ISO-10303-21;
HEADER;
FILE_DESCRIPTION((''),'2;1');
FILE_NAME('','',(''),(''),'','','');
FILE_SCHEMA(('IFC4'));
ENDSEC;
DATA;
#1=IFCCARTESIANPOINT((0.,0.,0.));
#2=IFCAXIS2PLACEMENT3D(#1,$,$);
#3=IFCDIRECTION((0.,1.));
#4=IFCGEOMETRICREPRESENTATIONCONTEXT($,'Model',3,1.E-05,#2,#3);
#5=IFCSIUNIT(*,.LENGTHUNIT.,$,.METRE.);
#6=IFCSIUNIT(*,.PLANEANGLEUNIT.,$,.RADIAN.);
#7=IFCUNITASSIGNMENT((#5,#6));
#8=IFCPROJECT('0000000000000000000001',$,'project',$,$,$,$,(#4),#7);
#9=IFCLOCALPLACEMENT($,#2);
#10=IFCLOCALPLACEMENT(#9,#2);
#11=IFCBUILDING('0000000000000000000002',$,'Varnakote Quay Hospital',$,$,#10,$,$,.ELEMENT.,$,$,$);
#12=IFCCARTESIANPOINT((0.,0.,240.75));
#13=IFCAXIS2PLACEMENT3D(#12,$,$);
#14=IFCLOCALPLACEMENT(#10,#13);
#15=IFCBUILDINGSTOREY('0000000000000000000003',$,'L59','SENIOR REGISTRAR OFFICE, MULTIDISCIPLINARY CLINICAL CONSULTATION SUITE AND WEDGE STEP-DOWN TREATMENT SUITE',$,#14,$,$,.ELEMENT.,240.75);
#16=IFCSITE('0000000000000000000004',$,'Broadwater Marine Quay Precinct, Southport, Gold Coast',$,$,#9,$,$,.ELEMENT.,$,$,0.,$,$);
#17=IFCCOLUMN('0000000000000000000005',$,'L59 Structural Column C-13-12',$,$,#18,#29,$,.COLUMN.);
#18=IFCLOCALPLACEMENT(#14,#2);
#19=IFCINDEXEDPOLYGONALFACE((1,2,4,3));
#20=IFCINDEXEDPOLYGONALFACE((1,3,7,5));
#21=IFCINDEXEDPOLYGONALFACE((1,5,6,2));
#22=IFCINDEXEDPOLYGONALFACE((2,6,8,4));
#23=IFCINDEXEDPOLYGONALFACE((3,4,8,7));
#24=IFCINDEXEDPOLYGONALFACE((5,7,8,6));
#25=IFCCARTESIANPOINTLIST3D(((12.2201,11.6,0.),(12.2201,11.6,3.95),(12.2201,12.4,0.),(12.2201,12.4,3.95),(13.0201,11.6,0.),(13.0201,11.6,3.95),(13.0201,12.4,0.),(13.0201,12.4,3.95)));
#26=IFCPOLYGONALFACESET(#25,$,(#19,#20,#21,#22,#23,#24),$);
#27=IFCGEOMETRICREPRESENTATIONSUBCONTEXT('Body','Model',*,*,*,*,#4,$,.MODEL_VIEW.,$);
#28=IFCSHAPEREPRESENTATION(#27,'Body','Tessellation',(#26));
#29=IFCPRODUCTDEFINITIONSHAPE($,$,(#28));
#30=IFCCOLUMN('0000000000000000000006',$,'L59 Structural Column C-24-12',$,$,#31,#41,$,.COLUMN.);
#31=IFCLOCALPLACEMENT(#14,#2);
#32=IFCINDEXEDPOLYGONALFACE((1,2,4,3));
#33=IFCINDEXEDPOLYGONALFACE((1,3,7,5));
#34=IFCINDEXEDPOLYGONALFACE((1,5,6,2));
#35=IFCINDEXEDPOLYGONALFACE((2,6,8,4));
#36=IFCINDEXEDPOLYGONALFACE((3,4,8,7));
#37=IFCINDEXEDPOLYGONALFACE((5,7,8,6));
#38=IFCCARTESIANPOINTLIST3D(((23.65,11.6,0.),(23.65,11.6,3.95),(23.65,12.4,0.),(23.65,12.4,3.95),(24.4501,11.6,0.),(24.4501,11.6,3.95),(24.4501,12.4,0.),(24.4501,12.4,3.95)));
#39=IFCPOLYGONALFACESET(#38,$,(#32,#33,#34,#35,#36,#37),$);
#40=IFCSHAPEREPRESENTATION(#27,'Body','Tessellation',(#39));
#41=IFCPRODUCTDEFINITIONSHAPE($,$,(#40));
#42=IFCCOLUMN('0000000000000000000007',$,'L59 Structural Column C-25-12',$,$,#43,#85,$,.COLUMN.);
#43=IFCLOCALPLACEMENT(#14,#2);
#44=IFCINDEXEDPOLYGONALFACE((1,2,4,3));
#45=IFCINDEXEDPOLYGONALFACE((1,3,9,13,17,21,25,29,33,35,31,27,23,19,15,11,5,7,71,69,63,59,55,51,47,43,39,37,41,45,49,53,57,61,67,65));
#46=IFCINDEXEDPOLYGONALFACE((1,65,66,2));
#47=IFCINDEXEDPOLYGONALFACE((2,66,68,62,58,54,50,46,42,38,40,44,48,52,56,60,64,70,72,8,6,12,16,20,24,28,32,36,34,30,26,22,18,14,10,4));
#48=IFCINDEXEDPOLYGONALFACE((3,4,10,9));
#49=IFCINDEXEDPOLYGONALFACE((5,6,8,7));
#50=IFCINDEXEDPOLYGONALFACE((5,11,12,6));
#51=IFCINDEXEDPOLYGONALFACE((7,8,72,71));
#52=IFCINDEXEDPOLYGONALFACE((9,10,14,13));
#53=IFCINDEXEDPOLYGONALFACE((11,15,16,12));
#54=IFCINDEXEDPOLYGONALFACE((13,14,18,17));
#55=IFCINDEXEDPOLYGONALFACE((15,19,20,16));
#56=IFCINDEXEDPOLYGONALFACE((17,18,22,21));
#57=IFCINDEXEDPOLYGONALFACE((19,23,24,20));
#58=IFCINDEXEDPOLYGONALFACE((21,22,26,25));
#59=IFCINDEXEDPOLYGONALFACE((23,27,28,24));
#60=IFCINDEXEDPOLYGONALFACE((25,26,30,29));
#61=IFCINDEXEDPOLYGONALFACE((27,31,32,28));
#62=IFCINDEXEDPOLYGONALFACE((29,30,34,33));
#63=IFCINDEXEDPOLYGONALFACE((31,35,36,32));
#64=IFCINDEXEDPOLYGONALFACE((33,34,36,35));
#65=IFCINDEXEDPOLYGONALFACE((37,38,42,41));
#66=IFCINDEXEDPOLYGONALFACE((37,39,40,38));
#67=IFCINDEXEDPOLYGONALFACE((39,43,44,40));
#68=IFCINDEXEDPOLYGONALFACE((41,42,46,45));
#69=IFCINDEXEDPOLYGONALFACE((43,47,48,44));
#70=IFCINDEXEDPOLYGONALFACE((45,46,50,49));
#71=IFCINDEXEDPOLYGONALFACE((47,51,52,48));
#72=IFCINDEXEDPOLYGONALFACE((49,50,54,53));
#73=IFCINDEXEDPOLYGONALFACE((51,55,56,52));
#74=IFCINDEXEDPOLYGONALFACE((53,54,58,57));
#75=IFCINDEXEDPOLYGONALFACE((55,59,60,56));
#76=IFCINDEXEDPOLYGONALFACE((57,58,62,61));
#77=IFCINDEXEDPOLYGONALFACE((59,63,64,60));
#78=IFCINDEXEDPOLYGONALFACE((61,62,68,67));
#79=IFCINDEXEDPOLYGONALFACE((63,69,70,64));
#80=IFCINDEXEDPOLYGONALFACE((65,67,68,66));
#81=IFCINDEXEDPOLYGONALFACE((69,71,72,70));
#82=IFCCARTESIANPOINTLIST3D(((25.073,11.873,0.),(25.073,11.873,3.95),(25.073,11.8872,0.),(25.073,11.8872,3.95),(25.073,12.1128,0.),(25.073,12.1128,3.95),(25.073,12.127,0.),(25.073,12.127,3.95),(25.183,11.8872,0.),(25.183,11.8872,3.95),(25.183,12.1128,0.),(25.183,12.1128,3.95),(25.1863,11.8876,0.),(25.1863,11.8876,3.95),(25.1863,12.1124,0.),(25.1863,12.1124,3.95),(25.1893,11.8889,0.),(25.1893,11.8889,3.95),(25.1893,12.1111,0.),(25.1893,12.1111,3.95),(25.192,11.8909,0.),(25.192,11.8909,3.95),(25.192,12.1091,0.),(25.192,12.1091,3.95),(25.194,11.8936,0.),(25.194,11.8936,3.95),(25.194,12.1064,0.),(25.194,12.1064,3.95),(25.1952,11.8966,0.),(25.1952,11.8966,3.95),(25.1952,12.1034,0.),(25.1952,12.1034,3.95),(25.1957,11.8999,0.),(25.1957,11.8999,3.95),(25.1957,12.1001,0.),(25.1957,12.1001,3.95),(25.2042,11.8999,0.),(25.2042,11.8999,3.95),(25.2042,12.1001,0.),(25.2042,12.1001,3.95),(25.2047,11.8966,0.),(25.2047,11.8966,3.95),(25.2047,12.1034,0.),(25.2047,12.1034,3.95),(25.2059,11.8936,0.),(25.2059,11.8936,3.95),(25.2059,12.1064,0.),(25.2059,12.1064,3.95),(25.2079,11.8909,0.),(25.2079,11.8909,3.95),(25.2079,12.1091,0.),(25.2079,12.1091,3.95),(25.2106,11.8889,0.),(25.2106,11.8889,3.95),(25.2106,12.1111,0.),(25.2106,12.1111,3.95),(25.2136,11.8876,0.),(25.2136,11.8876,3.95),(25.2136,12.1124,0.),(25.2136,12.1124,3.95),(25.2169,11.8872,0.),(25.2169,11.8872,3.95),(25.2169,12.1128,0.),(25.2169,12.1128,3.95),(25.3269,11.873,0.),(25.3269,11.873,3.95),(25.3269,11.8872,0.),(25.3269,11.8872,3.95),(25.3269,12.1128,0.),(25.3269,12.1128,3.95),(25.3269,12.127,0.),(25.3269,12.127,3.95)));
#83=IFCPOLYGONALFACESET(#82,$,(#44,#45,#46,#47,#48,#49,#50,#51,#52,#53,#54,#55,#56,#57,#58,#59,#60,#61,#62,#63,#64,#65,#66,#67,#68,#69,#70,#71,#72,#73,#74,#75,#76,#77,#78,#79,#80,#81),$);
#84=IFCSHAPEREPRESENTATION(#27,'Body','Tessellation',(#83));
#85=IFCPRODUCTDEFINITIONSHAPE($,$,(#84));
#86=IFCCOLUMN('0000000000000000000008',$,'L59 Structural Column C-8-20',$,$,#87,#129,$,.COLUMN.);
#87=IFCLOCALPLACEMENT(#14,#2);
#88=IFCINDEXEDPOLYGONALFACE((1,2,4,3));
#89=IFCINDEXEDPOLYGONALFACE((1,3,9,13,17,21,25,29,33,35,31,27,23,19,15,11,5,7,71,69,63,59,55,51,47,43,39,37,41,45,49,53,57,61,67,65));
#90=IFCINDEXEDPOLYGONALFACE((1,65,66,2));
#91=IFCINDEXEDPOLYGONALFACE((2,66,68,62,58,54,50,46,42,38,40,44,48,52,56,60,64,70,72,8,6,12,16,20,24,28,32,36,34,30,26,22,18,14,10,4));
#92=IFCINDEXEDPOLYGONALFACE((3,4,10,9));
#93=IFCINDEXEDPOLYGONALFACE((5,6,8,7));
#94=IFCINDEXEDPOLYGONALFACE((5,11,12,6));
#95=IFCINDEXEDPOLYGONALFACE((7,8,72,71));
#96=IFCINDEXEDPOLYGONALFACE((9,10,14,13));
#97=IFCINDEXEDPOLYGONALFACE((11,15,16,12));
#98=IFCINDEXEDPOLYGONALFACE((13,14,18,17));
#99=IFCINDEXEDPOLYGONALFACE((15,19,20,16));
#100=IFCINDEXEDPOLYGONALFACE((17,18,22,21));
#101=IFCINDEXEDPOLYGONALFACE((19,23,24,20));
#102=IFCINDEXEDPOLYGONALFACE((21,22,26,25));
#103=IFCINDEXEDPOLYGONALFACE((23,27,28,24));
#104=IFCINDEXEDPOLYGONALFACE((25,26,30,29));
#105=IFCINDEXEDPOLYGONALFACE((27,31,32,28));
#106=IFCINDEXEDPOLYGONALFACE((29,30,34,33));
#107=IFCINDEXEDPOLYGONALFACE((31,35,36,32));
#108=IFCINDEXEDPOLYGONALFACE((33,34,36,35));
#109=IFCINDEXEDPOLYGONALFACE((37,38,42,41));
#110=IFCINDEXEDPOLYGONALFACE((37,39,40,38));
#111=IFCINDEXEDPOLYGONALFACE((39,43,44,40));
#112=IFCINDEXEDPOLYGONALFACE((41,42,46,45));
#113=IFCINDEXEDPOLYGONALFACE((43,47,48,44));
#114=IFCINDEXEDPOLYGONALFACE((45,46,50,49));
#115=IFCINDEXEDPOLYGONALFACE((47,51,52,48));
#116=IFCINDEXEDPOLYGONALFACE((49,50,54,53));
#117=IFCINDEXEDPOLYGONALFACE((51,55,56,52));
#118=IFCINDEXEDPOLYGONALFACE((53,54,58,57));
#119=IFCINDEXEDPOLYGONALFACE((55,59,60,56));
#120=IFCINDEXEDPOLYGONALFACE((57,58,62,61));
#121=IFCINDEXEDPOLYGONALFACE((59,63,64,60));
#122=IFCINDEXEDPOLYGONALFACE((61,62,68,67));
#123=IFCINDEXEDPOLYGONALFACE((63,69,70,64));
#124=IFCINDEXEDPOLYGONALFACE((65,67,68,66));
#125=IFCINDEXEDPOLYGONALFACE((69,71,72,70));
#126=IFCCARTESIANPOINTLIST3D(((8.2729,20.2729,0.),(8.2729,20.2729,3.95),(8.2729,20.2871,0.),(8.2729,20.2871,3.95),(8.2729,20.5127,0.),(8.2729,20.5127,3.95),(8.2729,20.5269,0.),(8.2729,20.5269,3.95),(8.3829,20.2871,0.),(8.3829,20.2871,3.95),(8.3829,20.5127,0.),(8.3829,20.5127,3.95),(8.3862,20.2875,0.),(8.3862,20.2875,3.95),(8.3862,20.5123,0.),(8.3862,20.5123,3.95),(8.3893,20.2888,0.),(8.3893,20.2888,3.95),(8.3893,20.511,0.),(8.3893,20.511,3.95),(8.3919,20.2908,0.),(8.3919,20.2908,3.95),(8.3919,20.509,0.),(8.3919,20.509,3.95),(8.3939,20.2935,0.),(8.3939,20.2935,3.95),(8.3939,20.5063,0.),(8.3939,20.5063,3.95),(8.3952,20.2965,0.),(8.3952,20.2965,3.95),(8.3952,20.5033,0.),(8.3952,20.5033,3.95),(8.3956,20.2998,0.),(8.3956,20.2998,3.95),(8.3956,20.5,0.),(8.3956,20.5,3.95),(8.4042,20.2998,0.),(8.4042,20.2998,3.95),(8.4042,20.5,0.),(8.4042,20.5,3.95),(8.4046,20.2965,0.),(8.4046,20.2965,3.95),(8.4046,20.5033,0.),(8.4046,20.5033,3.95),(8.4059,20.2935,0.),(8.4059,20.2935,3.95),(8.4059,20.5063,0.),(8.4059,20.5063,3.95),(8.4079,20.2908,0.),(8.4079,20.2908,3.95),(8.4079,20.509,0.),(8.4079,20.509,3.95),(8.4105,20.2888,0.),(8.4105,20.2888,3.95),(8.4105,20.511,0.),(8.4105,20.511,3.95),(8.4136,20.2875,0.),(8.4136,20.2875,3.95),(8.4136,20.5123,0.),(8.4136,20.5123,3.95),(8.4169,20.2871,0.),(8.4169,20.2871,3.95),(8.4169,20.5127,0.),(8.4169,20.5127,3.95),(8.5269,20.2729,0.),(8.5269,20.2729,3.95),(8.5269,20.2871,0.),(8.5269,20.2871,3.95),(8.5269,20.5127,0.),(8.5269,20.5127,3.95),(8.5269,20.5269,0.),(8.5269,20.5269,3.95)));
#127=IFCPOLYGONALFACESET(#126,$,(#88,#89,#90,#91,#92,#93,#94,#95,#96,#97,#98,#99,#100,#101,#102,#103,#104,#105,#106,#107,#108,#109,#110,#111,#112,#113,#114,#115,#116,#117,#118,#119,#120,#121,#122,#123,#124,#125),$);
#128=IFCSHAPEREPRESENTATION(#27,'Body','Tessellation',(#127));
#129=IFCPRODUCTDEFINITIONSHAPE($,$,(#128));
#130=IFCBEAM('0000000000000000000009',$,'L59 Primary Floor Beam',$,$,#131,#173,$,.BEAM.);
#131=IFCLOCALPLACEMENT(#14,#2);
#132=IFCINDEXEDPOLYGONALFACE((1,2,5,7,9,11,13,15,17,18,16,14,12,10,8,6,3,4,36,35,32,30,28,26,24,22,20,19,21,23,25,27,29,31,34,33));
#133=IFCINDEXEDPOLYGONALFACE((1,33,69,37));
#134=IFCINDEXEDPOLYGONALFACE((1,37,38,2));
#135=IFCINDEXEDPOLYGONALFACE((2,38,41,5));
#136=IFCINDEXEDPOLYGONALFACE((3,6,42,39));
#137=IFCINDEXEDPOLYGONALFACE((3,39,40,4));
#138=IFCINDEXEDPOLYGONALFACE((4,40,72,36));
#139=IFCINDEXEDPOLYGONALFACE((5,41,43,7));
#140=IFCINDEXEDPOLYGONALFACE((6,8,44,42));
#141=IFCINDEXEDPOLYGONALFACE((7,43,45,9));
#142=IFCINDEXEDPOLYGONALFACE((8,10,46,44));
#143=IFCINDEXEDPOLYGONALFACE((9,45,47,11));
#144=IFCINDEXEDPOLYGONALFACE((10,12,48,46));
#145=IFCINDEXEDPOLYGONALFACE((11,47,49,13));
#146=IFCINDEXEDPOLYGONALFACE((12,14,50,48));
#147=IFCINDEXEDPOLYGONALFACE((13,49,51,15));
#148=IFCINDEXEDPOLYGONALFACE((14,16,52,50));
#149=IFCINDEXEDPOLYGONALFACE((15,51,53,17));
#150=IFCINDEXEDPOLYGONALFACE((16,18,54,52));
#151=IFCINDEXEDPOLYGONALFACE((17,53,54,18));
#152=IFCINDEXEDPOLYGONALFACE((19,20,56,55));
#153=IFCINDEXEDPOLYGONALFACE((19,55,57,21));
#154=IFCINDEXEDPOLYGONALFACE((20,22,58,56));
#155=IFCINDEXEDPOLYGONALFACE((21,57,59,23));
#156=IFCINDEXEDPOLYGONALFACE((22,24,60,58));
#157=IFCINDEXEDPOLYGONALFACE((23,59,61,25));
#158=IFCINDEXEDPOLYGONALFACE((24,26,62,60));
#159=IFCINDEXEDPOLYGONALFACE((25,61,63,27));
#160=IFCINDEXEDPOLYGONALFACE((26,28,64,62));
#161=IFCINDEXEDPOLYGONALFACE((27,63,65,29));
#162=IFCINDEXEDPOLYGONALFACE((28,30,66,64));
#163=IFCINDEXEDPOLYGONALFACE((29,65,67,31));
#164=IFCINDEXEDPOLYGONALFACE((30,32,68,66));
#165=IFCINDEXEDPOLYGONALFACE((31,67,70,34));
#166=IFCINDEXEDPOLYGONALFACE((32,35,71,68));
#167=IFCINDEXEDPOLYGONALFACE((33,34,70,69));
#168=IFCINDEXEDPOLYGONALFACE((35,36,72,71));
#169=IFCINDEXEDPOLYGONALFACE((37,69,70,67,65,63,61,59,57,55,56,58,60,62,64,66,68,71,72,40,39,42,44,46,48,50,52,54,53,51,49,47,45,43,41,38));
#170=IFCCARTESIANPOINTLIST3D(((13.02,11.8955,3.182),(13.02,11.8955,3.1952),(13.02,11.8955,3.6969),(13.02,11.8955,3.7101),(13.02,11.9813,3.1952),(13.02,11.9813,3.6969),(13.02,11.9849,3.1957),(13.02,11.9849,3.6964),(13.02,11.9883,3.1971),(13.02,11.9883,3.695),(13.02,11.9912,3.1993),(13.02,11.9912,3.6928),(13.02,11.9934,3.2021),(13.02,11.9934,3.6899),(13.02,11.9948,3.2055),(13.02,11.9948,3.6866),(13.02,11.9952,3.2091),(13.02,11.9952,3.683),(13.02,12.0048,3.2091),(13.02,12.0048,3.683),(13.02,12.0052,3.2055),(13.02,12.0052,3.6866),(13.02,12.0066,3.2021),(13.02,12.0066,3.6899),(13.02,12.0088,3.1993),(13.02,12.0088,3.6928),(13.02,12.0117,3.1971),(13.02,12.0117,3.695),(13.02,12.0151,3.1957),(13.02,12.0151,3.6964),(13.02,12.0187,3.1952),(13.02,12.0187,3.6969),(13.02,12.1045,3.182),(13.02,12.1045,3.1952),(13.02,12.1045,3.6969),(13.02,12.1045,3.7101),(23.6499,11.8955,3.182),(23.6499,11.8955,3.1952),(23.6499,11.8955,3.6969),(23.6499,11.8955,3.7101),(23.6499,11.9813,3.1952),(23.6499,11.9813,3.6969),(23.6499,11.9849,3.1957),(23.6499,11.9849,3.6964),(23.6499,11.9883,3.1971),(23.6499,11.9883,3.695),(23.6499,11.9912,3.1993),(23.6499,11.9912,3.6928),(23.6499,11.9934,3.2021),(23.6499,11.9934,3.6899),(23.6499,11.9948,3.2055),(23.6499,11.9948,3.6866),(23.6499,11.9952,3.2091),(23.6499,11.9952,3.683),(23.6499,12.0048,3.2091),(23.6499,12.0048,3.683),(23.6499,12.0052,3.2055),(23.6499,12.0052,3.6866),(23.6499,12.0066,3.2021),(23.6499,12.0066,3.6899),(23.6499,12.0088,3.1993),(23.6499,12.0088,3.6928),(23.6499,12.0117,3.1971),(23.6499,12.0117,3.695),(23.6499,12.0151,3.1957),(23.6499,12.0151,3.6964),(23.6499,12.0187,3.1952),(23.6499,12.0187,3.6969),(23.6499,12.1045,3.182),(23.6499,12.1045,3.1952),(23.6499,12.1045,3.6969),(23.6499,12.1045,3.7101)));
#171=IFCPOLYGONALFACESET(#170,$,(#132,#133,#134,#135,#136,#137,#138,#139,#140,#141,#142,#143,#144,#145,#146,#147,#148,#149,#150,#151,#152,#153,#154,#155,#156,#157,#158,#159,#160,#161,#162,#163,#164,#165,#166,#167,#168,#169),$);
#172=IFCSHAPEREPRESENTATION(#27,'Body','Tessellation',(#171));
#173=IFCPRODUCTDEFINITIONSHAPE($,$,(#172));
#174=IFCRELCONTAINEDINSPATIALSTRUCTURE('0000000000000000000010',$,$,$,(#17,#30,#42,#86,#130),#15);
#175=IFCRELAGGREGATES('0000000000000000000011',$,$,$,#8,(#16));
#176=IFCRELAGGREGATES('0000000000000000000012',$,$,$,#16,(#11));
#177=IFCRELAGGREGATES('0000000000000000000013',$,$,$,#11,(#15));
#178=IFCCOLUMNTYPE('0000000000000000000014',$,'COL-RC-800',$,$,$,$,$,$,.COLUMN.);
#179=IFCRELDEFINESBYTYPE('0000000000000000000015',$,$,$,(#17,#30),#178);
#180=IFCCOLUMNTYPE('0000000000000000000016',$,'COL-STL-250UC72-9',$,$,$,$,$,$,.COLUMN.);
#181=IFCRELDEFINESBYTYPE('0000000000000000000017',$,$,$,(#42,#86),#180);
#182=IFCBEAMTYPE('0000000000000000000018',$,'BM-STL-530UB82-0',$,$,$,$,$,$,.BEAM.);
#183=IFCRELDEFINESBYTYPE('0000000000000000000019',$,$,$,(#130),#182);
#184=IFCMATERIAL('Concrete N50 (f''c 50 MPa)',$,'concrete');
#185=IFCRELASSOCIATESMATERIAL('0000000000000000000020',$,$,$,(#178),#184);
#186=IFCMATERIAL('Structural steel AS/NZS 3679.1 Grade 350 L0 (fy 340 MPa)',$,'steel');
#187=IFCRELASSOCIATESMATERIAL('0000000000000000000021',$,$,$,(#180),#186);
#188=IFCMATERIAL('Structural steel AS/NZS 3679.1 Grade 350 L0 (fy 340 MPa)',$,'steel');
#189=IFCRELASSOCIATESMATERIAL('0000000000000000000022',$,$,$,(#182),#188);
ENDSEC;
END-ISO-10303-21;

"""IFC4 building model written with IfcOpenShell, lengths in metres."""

from ifc_helpers import new_model, si_unit, direction, frame, origin, origin_2d, place, context, subcontext, project, spatial, rectangle, i_section, extrude, material, material_profile, profile_set, type_object, element, save


model = new_model("IFC4")

# Units and contexts
model_context = context("Model", 3, precision=1e-05, world=origin(), true_north=direction((0.0, 1.0)))
body_context = subcontext(model_context, "Body", "Model", "MODEL_VIEW")
ifc_project = project(units=[si_unit("LENGTHUNIT", "METRE"), si_unit("PLANEANGLEUNIT", "RADIAN")], contexts=[model_context])

# Site, building, storey
site_placement = place(None, origin())
site = spatial("IfcSite", under=ifc_project, at=site_placement, Name="Broadwater Marine Quay Precinct, Southport, Gold Coast", CompositionType="ELEMENT", RefElevation=0.0)
building_placement = place(site_placement, origin())
building = spatial("IfcBuilding", under=site, at=building_placement, Name="Varnakote Quay Hospital", CompositionType="ELEMENT")
storey_placement = place(building_placement, frame((0.0, 0.0, 240.75)))
storey = spatial("IfcBuildingStorey", under=building, at=storey_placement, Name="L59", Description="SENIOR REGISTRAR OFFICE, MULTIDISCIPLINARY CLINICAL CONSULTATION SUITE AND WEDGE STEP-DOWN TREATMENT SUITE", CompositionType="ELEMENT", Elevation=240.75)

# Columns
ifc_material_1 = material(Name="Concrete N50 (f'c 50 MPa)", Category="concrete")
ifc_material_profile_1 = material_profile(ifc_material_1, rectangle(XDim=0.8, YDim=0.8, at=origin_2d()), Name="RC-COL-800x800")
ifc_profile_set_1 = profile_set([ifc_material_profile_1], Name="Concrete N50 (f'c 50 MPa)")
column_type_1 = type_object("IfcColumnType", Name="COL-RC-800", PredefinedType="COLUMN", material=ifc_profile_set_1)
for number, where, z_axis, x_axis, name in (
    (1, (12.6201, 12.0, 0.0), (0.0, 0.0, 1.0), (1.0, 0.0, 0.0), "L59 Structural Column C-13-12"),
    (2, (24.05, 12.0, 0.0), (0.0, 0.0, 1.0), (1.0, 0.0, 0.0), "L59 Structural Column C-24-12"),
):
    element("IfcColumn", number, at=place(storey_placement, frame(where, z_axis=z_axis, x_axis=x_axis)), inside=storey, type_object=column_type_1, Name=name, PredefinedType="COLUMN", context=body_context, shape_type="SweptSolid", body=[
        extrude(rectangle(XDim=0.8, YDim=0.8, at=origin_2d()), origin(), (0.0, 0.0, 1.0), 3.95),
    ])
ifc_material_2 = material(Name="Structural steel AS/NZS 3679.1 Grade 350 L0 (fy 340 MPa)", Category="steel")
ifc_material_profile_2 = material_profile(ifc_material_2, i_section(OverallWidth=0.2539, OverallDepth=0.2539, WebThickness=0.0085, FlangeThickness=0.0142, FilletRadius=0.0127, at=origin_2d()), Name="250UC72.9")
ifc_profile_set_2 = profile_set([ifc_material_profile_2], Name="Structural steel AS/NZS 3679.1 Grade 350 L0 (fy 340 MPa)")
column_type_2 = type_object("IfcColumnType", Name="COL-STL-250UC72-9", PredefinedType="COLUMN", material=ifc_profile_set_2)
for number, where, z_axis, x_axis, name in (
    (3, (25.2, 12.0, 0.0), (0.0, 0.0, 1.0), (1.0, 0.0, 0.0), "L59 Structural Column C-25-12"),
    (4, (8.3999, 20.3999, 0.0), (0.0, 0.0, 1.0), (1.0, 0.0, 0.0), "L59 Structural Column C-8-20"),
):
    element("IfcColumn", number, at=place(storey_placement, frame(where, z_axis=z_axis, x_axis=x_axis)), inside=storey, type_object=column_type_2, Name=name, PredefinedType="COLUMN", context=body_context, shape_type="SweptSolid", body=[
        extrude(i_section(OverallWidth=0.2539, OverallDepth=0.2539, WebThickness=0.0085, FlangeThickness=0.0142, FilletRadius=0.0127, at=origin_2d()), origin(), (0.0, 0.0, 1.0), 3.95),
    ])

# Beam
ifc_material_3 = material(Name="Structural steel AS/NZS 3679.1 Grade 350 L0 (fy 340 MPa)", Category="steel")
ifc_material_profile_3 = material_profile(ifc_material_3, i_section(OverallWidth=0.209, OverallDepth=0.5281, WebThickness=0.0095, FlangeThickness=0.0132, FilletRadius=0.0139, at=origin_2d()), Name="530UB82.0")
ifc_profile_set_3 = profile_set([ifc_material_profile_3], Name="Structural steel AS/NZS 3679.1 Grade 350 L0 (fy 340 MPa)")
beam_type = type_object("IfcBeamType", Name="BM-STL-530UB82-0", PredefinedType="BEAM", material=ifc_profile_set_3)
beam_1_placement = place(storey_placement, frame((13.02, 12.0, 3.446), z_axis=(1.0, 0.0, 0.0), x_axis=(0.0, 1.0, 0.0)))
element("IfcBeam", 5, at=beam_1_placement, inside=storey, type_object=beam_type, Name="L59 Primary Floor Beam", PredefinedType="BEAM", context=body_context, shape_type="SweptSolid", body=[
    extrude(i_section(OverallWidth=0.209, OverallDepth=0.5281, WebThickness=0.0095, FlangeThickness=0.0132, FilletRadius=0.0139, at=origin_2d()), origin(), (0.0, 0.0, 1.0), 10.6299),
])

save(model, "model.ifc")
